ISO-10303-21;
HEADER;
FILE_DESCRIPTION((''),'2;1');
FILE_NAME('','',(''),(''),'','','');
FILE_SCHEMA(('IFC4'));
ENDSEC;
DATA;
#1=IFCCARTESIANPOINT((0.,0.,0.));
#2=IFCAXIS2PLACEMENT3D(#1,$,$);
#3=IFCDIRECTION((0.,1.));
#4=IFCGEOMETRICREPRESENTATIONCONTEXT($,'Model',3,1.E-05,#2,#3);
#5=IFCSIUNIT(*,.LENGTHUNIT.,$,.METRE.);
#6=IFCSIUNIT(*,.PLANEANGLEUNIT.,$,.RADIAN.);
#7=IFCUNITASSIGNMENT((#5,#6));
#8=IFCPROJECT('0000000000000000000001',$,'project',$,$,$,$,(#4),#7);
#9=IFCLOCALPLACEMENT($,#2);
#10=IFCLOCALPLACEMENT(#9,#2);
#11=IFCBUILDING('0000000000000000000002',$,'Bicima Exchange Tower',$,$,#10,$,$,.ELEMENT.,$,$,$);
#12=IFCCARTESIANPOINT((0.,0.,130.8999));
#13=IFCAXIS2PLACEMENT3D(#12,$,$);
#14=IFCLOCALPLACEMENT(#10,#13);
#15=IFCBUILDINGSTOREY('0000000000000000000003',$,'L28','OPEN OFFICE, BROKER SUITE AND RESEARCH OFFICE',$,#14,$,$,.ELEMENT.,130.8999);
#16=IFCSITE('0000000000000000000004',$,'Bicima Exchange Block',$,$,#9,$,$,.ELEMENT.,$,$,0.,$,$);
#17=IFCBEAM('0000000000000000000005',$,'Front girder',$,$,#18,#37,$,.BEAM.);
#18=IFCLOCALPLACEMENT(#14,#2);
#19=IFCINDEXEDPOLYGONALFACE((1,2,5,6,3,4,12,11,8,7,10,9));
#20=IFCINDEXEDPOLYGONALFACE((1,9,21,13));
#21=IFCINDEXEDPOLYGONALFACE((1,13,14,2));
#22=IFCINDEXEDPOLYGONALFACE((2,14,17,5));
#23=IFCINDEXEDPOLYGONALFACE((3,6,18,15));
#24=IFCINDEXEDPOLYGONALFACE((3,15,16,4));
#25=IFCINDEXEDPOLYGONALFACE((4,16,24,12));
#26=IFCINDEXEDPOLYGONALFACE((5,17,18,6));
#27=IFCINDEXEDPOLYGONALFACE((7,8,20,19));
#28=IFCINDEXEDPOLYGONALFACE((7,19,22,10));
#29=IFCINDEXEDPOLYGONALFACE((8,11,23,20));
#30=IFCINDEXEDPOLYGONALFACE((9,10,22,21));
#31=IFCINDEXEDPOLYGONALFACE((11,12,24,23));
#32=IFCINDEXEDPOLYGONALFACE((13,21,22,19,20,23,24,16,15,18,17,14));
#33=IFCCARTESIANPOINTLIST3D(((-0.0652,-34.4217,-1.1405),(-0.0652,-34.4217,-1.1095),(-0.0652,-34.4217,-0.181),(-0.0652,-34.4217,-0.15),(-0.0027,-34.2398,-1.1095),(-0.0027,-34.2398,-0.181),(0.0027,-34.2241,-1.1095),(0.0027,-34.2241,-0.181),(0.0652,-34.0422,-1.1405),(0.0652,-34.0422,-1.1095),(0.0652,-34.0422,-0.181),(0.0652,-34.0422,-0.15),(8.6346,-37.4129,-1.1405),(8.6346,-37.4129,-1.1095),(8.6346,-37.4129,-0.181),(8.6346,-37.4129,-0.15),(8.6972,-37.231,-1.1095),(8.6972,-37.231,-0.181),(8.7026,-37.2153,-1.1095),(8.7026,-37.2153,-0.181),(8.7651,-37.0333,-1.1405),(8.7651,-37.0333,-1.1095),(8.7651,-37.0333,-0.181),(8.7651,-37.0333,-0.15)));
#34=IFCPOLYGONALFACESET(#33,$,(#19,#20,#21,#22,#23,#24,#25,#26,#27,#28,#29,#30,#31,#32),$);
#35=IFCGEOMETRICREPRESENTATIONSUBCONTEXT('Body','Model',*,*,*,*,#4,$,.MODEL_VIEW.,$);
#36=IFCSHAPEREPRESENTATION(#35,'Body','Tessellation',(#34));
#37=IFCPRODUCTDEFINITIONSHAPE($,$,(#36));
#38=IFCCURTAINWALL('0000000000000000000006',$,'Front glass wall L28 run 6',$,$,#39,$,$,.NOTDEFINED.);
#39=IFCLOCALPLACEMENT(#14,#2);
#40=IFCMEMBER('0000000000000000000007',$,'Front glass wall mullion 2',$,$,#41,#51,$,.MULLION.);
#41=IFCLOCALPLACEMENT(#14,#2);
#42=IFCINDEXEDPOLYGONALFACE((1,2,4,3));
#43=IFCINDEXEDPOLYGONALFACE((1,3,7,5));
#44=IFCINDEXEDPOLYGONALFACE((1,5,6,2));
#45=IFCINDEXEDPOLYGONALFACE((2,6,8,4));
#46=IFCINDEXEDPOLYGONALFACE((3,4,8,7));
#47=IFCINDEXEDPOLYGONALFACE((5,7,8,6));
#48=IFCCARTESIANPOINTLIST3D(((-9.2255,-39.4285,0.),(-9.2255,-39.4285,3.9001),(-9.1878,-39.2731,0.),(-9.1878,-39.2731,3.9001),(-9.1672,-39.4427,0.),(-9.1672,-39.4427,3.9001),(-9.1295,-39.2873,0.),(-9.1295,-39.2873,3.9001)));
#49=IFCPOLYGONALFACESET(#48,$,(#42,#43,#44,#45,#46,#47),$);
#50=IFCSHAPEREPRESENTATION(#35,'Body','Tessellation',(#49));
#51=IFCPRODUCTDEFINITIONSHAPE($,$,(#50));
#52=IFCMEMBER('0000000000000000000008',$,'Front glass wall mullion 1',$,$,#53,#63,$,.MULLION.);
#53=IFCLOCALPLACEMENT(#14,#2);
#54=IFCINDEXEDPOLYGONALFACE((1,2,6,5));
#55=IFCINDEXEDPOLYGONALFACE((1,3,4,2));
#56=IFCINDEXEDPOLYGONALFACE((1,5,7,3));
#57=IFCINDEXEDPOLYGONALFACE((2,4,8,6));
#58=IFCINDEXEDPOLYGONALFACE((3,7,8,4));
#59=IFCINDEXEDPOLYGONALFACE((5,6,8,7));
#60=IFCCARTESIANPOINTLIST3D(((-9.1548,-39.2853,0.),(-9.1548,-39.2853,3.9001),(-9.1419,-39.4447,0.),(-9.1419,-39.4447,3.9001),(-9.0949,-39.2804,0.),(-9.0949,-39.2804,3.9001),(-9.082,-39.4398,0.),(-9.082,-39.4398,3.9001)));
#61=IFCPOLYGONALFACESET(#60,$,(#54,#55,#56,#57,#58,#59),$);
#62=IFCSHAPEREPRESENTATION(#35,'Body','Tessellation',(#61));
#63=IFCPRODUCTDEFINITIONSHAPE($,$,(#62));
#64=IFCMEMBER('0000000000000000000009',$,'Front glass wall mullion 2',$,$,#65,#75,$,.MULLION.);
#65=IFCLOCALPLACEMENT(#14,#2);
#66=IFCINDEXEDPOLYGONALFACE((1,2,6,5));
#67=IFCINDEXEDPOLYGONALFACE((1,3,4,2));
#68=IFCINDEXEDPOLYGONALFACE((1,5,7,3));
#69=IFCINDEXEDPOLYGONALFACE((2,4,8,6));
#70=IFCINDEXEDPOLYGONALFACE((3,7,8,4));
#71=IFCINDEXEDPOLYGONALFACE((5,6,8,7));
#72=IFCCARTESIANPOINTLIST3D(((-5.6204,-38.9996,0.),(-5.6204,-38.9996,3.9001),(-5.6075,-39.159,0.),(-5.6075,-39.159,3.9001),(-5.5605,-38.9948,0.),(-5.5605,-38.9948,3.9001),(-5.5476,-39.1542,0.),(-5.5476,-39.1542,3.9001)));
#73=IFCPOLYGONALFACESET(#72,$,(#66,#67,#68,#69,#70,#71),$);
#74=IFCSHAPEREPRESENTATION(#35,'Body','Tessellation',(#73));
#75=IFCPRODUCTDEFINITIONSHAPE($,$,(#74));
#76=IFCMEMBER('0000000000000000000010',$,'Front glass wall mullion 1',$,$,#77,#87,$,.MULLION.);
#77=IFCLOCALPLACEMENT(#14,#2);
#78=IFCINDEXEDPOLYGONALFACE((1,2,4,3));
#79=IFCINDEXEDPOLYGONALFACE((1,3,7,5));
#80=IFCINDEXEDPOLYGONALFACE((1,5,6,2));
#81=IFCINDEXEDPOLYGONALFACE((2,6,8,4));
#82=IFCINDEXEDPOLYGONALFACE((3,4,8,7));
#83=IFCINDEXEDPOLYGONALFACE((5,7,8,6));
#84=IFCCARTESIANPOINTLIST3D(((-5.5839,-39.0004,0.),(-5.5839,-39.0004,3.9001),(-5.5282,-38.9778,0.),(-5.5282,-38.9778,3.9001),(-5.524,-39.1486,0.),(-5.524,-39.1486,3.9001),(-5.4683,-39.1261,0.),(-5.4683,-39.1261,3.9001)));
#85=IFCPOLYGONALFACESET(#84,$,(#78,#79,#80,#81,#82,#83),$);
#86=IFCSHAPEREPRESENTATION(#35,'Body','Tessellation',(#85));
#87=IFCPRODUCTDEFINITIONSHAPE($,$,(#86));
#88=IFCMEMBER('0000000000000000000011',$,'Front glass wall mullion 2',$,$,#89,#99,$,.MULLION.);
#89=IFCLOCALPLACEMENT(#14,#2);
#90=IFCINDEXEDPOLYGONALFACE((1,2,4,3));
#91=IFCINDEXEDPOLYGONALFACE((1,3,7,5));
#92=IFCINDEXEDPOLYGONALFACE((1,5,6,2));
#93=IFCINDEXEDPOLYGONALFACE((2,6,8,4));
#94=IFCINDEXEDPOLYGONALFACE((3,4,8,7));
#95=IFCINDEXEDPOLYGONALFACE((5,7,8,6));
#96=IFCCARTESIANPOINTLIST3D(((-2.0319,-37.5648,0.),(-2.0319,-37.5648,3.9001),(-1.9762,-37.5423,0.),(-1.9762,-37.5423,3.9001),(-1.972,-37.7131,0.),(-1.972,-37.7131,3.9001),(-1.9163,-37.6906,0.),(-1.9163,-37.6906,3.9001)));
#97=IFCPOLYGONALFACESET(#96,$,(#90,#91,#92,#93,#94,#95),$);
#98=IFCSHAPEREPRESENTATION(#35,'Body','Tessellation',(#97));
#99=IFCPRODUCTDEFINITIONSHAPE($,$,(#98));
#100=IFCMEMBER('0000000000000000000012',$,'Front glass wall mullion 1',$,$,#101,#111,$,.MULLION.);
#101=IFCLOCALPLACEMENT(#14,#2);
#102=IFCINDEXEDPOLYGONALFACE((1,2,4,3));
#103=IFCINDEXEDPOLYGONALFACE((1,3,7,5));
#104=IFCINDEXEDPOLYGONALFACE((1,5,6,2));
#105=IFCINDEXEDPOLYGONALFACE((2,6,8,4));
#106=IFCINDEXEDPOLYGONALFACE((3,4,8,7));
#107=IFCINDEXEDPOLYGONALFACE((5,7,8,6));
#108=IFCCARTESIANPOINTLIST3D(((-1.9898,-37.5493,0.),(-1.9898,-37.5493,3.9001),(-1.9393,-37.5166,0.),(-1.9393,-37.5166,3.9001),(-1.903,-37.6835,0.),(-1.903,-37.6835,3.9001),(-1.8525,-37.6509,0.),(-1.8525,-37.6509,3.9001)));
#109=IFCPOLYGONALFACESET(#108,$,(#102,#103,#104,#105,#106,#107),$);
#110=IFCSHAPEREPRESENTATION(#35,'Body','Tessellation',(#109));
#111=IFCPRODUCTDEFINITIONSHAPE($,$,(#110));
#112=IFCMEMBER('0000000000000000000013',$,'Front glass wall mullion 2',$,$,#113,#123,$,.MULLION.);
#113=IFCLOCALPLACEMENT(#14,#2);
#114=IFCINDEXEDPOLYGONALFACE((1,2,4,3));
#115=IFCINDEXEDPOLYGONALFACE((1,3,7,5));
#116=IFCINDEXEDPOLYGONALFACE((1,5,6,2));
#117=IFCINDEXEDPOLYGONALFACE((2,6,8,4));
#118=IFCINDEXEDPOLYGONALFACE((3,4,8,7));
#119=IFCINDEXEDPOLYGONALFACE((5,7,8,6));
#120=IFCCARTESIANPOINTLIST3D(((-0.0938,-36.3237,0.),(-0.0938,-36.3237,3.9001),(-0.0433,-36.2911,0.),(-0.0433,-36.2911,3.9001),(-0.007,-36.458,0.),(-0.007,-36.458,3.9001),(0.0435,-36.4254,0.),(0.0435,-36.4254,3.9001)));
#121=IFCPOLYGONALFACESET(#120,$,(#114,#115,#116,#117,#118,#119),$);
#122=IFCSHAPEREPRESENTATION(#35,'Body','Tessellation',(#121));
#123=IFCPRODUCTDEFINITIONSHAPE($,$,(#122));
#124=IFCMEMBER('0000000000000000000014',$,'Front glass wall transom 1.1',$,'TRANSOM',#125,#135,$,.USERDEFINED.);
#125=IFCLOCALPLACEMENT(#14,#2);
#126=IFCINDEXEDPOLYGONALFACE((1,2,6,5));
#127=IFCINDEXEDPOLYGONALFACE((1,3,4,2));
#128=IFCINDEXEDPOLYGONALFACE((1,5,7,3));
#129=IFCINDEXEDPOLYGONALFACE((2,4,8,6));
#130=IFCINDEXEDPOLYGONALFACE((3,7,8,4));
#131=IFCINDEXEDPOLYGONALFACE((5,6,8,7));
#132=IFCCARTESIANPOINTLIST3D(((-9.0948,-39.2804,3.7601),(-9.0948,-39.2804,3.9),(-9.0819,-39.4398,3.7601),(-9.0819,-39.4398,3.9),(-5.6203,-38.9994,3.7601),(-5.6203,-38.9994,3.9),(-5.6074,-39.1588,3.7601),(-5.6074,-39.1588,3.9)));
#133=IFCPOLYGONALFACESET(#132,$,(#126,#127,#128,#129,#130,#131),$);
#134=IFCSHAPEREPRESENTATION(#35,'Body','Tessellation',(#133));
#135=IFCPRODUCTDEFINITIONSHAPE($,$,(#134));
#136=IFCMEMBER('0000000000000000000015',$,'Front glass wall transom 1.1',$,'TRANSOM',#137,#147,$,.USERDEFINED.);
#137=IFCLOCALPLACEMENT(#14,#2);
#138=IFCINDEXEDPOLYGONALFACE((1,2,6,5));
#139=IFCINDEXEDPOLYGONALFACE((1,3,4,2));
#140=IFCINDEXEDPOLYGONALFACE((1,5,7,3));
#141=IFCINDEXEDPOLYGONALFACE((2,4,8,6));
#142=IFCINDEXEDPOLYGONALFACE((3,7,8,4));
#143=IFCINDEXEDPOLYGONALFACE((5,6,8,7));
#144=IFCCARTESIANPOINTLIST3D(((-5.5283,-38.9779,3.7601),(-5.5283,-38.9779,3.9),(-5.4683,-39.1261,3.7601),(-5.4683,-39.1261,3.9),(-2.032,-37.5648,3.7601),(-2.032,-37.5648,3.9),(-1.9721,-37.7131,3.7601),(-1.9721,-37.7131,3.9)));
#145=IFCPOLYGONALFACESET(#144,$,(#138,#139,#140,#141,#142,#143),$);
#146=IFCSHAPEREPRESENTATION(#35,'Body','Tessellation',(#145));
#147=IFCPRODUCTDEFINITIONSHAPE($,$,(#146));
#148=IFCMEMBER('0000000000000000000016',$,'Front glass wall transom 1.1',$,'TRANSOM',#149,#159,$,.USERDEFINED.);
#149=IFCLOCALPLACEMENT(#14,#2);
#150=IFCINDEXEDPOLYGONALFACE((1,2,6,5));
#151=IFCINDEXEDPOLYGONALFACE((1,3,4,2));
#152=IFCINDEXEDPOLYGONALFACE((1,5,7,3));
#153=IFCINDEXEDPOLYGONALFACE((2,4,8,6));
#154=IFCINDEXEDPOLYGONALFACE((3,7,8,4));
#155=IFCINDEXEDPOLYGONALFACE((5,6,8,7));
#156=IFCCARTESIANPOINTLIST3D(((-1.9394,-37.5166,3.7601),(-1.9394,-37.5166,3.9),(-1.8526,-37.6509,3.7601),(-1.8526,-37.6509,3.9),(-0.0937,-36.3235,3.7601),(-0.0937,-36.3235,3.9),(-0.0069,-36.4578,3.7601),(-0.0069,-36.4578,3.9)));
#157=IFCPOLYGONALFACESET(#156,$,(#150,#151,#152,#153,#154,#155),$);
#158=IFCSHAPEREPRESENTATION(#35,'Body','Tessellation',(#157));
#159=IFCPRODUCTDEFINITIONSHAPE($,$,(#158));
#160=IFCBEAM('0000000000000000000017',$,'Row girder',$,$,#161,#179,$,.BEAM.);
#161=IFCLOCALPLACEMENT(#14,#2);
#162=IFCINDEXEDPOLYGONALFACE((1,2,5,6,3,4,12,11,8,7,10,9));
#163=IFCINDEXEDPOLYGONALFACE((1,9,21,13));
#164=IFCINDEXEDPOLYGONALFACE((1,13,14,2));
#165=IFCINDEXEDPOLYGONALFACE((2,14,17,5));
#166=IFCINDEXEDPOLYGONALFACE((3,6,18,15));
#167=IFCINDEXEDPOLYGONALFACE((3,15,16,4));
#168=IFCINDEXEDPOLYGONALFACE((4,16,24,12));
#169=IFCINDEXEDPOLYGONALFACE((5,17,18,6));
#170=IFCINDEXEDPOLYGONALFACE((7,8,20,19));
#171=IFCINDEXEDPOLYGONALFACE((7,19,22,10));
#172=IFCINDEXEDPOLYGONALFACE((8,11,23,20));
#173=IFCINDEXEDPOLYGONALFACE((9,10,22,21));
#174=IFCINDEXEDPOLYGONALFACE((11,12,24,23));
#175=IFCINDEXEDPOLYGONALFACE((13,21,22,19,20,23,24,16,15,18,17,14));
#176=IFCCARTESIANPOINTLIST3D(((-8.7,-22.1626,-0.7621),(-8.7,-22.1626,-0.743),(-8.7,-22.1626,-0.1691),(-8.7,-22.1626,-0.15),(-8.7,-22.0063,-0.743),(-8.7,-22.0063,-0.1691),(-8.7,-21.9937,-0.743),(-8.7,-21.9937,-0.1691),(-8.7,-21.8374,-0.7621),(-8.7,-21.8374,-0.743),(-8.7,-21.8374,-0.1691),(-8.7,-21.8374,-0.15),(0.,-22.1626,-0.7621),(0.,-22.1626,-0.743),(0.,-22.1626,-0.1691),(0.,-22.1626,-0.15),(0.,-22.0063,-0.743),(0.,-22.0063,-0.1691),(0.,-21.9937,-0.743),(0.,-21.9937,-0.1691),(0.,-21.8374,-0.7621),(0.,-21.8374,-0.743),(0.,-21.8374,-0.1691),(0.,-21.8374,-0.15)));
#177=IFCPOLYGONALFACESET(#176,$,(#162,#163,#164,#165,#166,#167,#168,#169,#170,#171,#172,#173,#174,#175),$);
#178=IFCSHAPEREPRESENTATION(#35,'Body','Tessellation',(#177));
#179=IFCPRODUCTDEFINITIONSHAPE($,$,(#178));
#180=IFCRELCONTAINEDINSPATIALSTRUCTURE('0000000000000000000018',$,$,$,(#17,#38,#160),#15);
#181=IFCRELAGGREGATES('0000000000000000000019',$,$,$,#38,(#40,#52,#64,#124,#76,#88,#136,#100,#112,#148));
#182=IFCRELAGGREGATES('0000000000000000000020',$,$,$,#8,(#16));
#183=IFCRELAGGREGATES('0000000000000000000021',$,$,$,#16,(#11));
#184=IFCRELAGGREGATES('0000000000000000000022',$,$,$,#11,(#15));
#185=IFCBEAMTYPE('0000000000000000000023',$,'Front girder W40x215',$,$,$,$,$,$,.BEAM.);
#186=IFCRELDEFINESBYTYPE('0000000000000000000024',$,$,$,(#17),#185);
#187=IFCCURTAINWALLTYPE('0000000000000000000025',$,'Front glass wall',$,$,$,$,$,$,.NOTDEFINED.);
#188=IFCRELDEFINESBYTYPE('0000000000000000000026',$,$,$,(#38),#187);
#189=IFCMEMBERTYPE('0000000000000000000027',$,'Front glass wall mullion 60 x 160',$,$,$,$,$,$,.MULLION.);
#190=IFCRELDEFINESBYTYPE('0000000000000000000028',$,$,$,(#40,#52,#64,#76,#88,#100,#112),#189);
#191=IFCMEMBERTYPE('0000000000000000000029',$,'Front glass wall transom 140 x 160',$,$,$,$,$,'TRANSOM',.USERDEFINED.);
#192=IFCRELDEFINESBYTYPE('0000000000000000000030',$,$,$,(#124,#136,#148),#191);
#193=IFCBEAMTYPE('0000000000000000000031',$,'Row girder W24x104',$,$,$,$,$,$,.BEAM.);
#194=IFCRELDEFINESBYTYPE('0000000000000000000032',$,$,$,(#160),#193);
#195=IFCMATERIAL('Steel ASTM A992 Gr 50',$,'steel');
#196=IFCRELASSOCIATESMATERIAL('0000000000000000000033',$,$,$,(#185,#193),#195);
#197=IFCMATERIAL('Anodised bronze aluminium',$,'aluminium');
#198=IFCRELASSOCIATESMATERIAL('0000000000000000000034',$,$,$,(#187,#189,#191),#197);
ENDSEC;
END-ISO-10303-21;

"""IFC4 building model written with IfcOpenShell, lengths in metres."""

from ifc_helpers import new_model, si_unit, direction, frame, origin, origin_2d, place, context, subcontext, project, spatial, rectangle, i_section, extrude, material, material_profile, profile_set, type_object, element, aggregate, save


model = new_model("IFC4")

# Units and contexts
model_context = context("Model", 3, precision=1e-05, world=origin(), true_north=direction((0.0, 1.0)))
body_context = subcontext(model_context, "Body", "Model", "MODEL_VIEW")
ifc_project = project(units=[si_unit("LENGTHUNIT", "METRE"), si_unit("PLANEANGLEUNIT", "RADIAN")], contexts=[model_context])

# Site, building, storey
site_placement = place(None, origin())
site = spatial("IfcSite", under=ifc_project, at=site_placement, Name="Bicima Exchange Block", CompositionType="ELEMENT", RefElevation=0.0)
building_placement = place(site_placement, origin())
building = spatial("IfcBuilding", under=site, at=building_placement, Name="Bicima Exchange Tower", CompositionType="ELEMENT")
storey_placement = place(building_placement, frame((0.0, 0.0, 130.8999)))
storey = spatial("IfcBuildingStorey", under=building, at=storey_placement, Name="L28", Description="OPEN OFFICE, BROKER SUITE AND RESEARCH OFFICE", CompositionType="ELEMENT", Elevation=130.8999)

# Shared definitions
ifc_material_1 = material(Name="Steel ASTM A992 Gr 50", Category="steel")

# Beam
ifc_material_profile_1 = material_profile(ifc_material_1, i_section(OverallWidth=0.4014, OverallDepth=0.9905, WebThickness=0.0166, FlangeThickness=0.031, at=origin_2d()))
ifc_profile_set_1 = profile_set([ifc_material_profile_1], Name="Steel ASTM A992 Gr 50")
beam_type_1 = type_object("IfcBeamType", Name="Front girder W40x215", PredefinedType="BEAM", material=ifc_profile_set_1)
for number, where, z_axis, x_axis, name in (
    (1, (0.0, -34.2319, -0.6453), (0.945666, -0.325138, 0.0), (0.325138, 0.945666, 0.0), "Front girder"),
):
    element("IfcBeam", number, at=place(storey_placement, frame(where, z_axis=z_axis, x_axis=x_axis)), inside=storey, type_object=beam_type_1, Name=name, PredefinedType="BEAM", context=body_context, shape_type="SweptSolid", body=[
        extrude(i_section(OverallWidth=0.4014, OverallDepth=0.9905, WebThickness=0.0166, FlangeThickness=0.031, at=origin_2d()), origin(), (0.0, 0.0, 1.0), 9.1997),
    ])

# Curtain wall, members
ifc_material_2 = material(Name="Anodised bronze aluminium", Category="aluminium")
curtain_wall_type = type_object("IfcCurtainWallType", Name="Front glass wall", PredefinedType="NOTDEFINED", material=ifc_material_2)
curtain_wall_placement = place(storey_placement, origin())
curtain_wall = element("IfcCurtainWall", 2, at=curtain_wall_placement, inside=storey, type_object=curtain_wall_type, Name="Front glass wall L28 run 6", PredefinedType="NOTDEFINED")
ifc_material_profile_2 = material_profile(ifc_material_2, rectangle(XDim=0.1599, YDim=0.0601, at=origin_2d()))
ifc_profile_set_2 = profile_set([ifc_material_profile_2], Name="Anodised bronze aluminium")
member_type_1 = type_object("IfcMemberType", Name="Front glass wall mullion 60 x 160", PredefinedType="MULLION", material=ifc_profile_set_2)
member_1_placement = place(storey_placement, frame((-9.1775, -39.3579, 0.0), z_axis=(0.0, 0.0, 1.0), x_axis=(0.235682, 0.97183, 0.0)))
member_1 = element("IfcMember", 3, at=member_1_placement, type_object=member_type_1, Name="Front glass wall mullion 2", PredefinedType="MULLION", context=body_context, shape_type="SweptSolid", body=[
    extrude(rectangle(XDim=0.1599, YDim=0.0601, at=origin_2d()), origin(), (0.0, 0.0, 1.0), 3.9001),
])
member_2_placement = place(storey_placement, frame((-9.1184, -39.3625, 0.0), z_axis=(0.0, 0.0, 1.0), x_axis=(-0.080589, 0.996747, 0.0)))
member_2 = element("IfcMember", 4, at=member_2_placement, type_object=member_type_1, Name="Front glass wall mullion 1", PredefinedType="MULLION", context=body_context, shape_type="SweptSolid", body=[
    extrude(rectangle(XDim=0.1599, YDim=0.0601, at=origin_2d()), origin(), (0.0, 0.0, 1.0), 3.9001),
])
member_3_placement = place(storey_placement, frame((-5.584, -39.0769, 0.0), z_axis=(0.0, 0.0, 1.0), x_axis=(-0.080589, 0.996747, 0.0)))
member_3 = element("IfcMember", 5, at=member_3_placement, type_object=member_type_1, Name="Front glass wall mullion 2", PredefinedType="MULLION", context=body_context, shape_type="SweptSolid", body=[
    extrude(rectangle(XDim=0.1599, YDim=0.0601, at=origin_2d()), origin(), (0.0, 0.0, 1.0), 3.9001),
])
member_4_placement = place(storey_placement, frame((-5.5261, -39.0632, 0.0), z_axis=(0.0, 0.0, 1.0), x_axis=(-0.374705, 0.927144, 0.0)))
member_4 = element("IfcMember", 6, at=member_4_placement, type_object=member_type_1, Name="Front glass wall mullion 1", PredefinedType="MULLION", context=body_context, shape_type="SweptSolid", body=[
    extrude(rectangle(XDim=0.1599, YDim=0.0601, at=origin_2d()), origin(), (0.0, 0.0, 1.0), 3.9001),
])
member_5_placement = place(storey_placement, frame((-1.9741, -37.6277, 0.0), z_axis=(0.0, 0.0, 1.0), x_axis=(-0.374705, 0.927144, 0.0)))
member_5 = element("IfcMember", 7, at=member_5_placement, type_object=member_type_1, Name="Front glass wall mullion 2", PredefinedType="MULLION", context=body_context, shape_type="SweptSolid", body=[
    extrude(rectangle(XDim=0.1599, YDim=0.0601, at=origin_2d()), origin(), (0.0, 0.0, 1.0), 3.9001),
])
member_6_placement = place(storey_placement, frame((-1.9211, -37.6001, 0.0), z_axis=(0.0, 0.0, 1.0), x_axis=(-0.542897, 0.839799, 0.0)))
member_6 = element("IfcMember", 8, at=member_6_placement, type_object=member_type_1, Name="Front glass wall mullion 1", PredefinedType="MULLION", context=body_context, shape_type="SweptSolid", body=[
    extrude(rectangle(XDim=0.1599, YDim=0.0601, at=origin_2d()), origin(), (0.0, 0.0, 1.0), 3.9001),
])
member_7_placement = place(storey_placement, frame((-0.0251, -36.3745, 0.0), z_axis=(0.0, 0.0, 1.0), x_axis=(-0.542897, 0.839799, 0.0)))
member_7 = element("IfcMember", 9, at=member_7_placement, type_object=member_type_1, Name="Front glass wall mullion 2", PredefinedType="MULLION", context=body_context, shape_type="SweptSolid", body=[
    extrude(rectangle(XDim=0.1599, YDim=0.0601, at=origin_2d()), origin(), (0.0, 0.0, 1.0), 3.9001),
])
ifc_material_profile_3 = material_profile(ifc_material_2, rectangle(XDim=0.1599, YDim=0.1399, at=origin_2d()))
ifc_profile_set_3 = profile_set([ifc_material_profile_3], Name="Anodised bronze aluminium")
member_type_2 = type_object("IfcMemberType", Name="Front glass wall transom 140 x 160", ElementType="TRANSOM", PredefinedType="USERDEFINED", material=ifc_profile_set_3)
member_8_placement = place(storey_placement, frame((-9.0884, -39.3601, 3.8301), z_axis=(0.996746, 0.080611, 0.0), x_axis=(-0.080611, 0.996746, 0.0)))
member_8 = element("IfcMember", 10, at=member_8_placement, type_object=member_type_2, Name="Front glass wall transom 1.1", ObjectType="TRANSOM", PredefinedType="USERDEFINED", context=body_context, shape_type="SweptSolid", body=[
    extrude(rectangle(XDim=0.1599, YDim=0.1399, at=origin_2d()), origin(), (0.0, 0.0, 1.0), 3.4858),
])
member_9_placement = place(storey_placement, frame((-5.4983, -39.052, 3.8301), z_axis=(0.92714, 0.374715, 0.0), x_axis=(-0.374715, 0.92714, 0.0)))
member_9 = element("IfcMember", 11, at=member_9_placement, type_object=member_type_2, Name="Front glass wall transom 1.1", ObjectType="TRANSOM", PredefinedType="USERDEFINED", context=body_context, shape_type="SweptSolid", body=[
    extrude(rectangle(XDim=0.1599, YDim=0.1399, at=origin_2d()), origin(), (0.0, 0.0, 1.0), 3.771),
])
member_10_placement = place(storey_placement, frame((-1.896, -37.5837, 3.8301), z_axis=(0.839811, 0.542878, 0.0), x_axis=(-0.542878, 0.839811, 0.0)))
member_10 = element("IfcMember", 12, at=member_10_placement, type_object=member_type_2, Name="Front glass wall transom 1.1", ObjectType="TRANSOM", PredefinedType="USERDEFINED", context=body_context, shape_type="SweptSolid", body=[
    extrude(rectangle(XDim=0.1599, YDim=0.1399, at=origin_2d()), origin(), (0.0, 0.0, 1.0), 2.1978),
])

# Beam
ifc_material_profile_4 = material_profile(ifc_material_1, i_section(OverallWidth=0.3252, OverallDepth=0.6121, WebThickness=0.0127, FlangeThickness=0.019, at=origin_2d()))
ifc_profile_set_4 = profile_set([ifc_material_profile_4], Name="Steel ASTM A992 Gr 50")
beam_type_2 = type_object("IfcBeamType", Name="Row girder W24x104", PredefinedType="BEAM", material=ifc_profile_set_4)
for number, where, z_axis, x_axis, name in (
    (13, (-8.7, -22.0, -0.4561), (1.0, 0.0, 0.0), (0.0, 1.0, 0.0), "Row girder"),
):
    element("IfcBeam", number, at=place(storey_placement, frame(where, z_axis=z_axis, x_axis=x_axis)), inside=storey, type_object=beam_type_2, Name=name, PredefinedType="BEAM", context=body_context, shape_type="SweptSolid", body=[
        extrude(i_section(OverallWidth=0.3252, OverallDepth=0.6121, WebThickness=0.0127, FlangeThickness=0.019, at=origin_2d()), origin(), (0.0, 0.0, 1.0), 8.7),
    ])

aggregate(curtain_wall, [member_1, member_2, member_3, member_8, member_4, member_5, member_9, member_6, member_7, member_10])

save(model, "model.ifc")
